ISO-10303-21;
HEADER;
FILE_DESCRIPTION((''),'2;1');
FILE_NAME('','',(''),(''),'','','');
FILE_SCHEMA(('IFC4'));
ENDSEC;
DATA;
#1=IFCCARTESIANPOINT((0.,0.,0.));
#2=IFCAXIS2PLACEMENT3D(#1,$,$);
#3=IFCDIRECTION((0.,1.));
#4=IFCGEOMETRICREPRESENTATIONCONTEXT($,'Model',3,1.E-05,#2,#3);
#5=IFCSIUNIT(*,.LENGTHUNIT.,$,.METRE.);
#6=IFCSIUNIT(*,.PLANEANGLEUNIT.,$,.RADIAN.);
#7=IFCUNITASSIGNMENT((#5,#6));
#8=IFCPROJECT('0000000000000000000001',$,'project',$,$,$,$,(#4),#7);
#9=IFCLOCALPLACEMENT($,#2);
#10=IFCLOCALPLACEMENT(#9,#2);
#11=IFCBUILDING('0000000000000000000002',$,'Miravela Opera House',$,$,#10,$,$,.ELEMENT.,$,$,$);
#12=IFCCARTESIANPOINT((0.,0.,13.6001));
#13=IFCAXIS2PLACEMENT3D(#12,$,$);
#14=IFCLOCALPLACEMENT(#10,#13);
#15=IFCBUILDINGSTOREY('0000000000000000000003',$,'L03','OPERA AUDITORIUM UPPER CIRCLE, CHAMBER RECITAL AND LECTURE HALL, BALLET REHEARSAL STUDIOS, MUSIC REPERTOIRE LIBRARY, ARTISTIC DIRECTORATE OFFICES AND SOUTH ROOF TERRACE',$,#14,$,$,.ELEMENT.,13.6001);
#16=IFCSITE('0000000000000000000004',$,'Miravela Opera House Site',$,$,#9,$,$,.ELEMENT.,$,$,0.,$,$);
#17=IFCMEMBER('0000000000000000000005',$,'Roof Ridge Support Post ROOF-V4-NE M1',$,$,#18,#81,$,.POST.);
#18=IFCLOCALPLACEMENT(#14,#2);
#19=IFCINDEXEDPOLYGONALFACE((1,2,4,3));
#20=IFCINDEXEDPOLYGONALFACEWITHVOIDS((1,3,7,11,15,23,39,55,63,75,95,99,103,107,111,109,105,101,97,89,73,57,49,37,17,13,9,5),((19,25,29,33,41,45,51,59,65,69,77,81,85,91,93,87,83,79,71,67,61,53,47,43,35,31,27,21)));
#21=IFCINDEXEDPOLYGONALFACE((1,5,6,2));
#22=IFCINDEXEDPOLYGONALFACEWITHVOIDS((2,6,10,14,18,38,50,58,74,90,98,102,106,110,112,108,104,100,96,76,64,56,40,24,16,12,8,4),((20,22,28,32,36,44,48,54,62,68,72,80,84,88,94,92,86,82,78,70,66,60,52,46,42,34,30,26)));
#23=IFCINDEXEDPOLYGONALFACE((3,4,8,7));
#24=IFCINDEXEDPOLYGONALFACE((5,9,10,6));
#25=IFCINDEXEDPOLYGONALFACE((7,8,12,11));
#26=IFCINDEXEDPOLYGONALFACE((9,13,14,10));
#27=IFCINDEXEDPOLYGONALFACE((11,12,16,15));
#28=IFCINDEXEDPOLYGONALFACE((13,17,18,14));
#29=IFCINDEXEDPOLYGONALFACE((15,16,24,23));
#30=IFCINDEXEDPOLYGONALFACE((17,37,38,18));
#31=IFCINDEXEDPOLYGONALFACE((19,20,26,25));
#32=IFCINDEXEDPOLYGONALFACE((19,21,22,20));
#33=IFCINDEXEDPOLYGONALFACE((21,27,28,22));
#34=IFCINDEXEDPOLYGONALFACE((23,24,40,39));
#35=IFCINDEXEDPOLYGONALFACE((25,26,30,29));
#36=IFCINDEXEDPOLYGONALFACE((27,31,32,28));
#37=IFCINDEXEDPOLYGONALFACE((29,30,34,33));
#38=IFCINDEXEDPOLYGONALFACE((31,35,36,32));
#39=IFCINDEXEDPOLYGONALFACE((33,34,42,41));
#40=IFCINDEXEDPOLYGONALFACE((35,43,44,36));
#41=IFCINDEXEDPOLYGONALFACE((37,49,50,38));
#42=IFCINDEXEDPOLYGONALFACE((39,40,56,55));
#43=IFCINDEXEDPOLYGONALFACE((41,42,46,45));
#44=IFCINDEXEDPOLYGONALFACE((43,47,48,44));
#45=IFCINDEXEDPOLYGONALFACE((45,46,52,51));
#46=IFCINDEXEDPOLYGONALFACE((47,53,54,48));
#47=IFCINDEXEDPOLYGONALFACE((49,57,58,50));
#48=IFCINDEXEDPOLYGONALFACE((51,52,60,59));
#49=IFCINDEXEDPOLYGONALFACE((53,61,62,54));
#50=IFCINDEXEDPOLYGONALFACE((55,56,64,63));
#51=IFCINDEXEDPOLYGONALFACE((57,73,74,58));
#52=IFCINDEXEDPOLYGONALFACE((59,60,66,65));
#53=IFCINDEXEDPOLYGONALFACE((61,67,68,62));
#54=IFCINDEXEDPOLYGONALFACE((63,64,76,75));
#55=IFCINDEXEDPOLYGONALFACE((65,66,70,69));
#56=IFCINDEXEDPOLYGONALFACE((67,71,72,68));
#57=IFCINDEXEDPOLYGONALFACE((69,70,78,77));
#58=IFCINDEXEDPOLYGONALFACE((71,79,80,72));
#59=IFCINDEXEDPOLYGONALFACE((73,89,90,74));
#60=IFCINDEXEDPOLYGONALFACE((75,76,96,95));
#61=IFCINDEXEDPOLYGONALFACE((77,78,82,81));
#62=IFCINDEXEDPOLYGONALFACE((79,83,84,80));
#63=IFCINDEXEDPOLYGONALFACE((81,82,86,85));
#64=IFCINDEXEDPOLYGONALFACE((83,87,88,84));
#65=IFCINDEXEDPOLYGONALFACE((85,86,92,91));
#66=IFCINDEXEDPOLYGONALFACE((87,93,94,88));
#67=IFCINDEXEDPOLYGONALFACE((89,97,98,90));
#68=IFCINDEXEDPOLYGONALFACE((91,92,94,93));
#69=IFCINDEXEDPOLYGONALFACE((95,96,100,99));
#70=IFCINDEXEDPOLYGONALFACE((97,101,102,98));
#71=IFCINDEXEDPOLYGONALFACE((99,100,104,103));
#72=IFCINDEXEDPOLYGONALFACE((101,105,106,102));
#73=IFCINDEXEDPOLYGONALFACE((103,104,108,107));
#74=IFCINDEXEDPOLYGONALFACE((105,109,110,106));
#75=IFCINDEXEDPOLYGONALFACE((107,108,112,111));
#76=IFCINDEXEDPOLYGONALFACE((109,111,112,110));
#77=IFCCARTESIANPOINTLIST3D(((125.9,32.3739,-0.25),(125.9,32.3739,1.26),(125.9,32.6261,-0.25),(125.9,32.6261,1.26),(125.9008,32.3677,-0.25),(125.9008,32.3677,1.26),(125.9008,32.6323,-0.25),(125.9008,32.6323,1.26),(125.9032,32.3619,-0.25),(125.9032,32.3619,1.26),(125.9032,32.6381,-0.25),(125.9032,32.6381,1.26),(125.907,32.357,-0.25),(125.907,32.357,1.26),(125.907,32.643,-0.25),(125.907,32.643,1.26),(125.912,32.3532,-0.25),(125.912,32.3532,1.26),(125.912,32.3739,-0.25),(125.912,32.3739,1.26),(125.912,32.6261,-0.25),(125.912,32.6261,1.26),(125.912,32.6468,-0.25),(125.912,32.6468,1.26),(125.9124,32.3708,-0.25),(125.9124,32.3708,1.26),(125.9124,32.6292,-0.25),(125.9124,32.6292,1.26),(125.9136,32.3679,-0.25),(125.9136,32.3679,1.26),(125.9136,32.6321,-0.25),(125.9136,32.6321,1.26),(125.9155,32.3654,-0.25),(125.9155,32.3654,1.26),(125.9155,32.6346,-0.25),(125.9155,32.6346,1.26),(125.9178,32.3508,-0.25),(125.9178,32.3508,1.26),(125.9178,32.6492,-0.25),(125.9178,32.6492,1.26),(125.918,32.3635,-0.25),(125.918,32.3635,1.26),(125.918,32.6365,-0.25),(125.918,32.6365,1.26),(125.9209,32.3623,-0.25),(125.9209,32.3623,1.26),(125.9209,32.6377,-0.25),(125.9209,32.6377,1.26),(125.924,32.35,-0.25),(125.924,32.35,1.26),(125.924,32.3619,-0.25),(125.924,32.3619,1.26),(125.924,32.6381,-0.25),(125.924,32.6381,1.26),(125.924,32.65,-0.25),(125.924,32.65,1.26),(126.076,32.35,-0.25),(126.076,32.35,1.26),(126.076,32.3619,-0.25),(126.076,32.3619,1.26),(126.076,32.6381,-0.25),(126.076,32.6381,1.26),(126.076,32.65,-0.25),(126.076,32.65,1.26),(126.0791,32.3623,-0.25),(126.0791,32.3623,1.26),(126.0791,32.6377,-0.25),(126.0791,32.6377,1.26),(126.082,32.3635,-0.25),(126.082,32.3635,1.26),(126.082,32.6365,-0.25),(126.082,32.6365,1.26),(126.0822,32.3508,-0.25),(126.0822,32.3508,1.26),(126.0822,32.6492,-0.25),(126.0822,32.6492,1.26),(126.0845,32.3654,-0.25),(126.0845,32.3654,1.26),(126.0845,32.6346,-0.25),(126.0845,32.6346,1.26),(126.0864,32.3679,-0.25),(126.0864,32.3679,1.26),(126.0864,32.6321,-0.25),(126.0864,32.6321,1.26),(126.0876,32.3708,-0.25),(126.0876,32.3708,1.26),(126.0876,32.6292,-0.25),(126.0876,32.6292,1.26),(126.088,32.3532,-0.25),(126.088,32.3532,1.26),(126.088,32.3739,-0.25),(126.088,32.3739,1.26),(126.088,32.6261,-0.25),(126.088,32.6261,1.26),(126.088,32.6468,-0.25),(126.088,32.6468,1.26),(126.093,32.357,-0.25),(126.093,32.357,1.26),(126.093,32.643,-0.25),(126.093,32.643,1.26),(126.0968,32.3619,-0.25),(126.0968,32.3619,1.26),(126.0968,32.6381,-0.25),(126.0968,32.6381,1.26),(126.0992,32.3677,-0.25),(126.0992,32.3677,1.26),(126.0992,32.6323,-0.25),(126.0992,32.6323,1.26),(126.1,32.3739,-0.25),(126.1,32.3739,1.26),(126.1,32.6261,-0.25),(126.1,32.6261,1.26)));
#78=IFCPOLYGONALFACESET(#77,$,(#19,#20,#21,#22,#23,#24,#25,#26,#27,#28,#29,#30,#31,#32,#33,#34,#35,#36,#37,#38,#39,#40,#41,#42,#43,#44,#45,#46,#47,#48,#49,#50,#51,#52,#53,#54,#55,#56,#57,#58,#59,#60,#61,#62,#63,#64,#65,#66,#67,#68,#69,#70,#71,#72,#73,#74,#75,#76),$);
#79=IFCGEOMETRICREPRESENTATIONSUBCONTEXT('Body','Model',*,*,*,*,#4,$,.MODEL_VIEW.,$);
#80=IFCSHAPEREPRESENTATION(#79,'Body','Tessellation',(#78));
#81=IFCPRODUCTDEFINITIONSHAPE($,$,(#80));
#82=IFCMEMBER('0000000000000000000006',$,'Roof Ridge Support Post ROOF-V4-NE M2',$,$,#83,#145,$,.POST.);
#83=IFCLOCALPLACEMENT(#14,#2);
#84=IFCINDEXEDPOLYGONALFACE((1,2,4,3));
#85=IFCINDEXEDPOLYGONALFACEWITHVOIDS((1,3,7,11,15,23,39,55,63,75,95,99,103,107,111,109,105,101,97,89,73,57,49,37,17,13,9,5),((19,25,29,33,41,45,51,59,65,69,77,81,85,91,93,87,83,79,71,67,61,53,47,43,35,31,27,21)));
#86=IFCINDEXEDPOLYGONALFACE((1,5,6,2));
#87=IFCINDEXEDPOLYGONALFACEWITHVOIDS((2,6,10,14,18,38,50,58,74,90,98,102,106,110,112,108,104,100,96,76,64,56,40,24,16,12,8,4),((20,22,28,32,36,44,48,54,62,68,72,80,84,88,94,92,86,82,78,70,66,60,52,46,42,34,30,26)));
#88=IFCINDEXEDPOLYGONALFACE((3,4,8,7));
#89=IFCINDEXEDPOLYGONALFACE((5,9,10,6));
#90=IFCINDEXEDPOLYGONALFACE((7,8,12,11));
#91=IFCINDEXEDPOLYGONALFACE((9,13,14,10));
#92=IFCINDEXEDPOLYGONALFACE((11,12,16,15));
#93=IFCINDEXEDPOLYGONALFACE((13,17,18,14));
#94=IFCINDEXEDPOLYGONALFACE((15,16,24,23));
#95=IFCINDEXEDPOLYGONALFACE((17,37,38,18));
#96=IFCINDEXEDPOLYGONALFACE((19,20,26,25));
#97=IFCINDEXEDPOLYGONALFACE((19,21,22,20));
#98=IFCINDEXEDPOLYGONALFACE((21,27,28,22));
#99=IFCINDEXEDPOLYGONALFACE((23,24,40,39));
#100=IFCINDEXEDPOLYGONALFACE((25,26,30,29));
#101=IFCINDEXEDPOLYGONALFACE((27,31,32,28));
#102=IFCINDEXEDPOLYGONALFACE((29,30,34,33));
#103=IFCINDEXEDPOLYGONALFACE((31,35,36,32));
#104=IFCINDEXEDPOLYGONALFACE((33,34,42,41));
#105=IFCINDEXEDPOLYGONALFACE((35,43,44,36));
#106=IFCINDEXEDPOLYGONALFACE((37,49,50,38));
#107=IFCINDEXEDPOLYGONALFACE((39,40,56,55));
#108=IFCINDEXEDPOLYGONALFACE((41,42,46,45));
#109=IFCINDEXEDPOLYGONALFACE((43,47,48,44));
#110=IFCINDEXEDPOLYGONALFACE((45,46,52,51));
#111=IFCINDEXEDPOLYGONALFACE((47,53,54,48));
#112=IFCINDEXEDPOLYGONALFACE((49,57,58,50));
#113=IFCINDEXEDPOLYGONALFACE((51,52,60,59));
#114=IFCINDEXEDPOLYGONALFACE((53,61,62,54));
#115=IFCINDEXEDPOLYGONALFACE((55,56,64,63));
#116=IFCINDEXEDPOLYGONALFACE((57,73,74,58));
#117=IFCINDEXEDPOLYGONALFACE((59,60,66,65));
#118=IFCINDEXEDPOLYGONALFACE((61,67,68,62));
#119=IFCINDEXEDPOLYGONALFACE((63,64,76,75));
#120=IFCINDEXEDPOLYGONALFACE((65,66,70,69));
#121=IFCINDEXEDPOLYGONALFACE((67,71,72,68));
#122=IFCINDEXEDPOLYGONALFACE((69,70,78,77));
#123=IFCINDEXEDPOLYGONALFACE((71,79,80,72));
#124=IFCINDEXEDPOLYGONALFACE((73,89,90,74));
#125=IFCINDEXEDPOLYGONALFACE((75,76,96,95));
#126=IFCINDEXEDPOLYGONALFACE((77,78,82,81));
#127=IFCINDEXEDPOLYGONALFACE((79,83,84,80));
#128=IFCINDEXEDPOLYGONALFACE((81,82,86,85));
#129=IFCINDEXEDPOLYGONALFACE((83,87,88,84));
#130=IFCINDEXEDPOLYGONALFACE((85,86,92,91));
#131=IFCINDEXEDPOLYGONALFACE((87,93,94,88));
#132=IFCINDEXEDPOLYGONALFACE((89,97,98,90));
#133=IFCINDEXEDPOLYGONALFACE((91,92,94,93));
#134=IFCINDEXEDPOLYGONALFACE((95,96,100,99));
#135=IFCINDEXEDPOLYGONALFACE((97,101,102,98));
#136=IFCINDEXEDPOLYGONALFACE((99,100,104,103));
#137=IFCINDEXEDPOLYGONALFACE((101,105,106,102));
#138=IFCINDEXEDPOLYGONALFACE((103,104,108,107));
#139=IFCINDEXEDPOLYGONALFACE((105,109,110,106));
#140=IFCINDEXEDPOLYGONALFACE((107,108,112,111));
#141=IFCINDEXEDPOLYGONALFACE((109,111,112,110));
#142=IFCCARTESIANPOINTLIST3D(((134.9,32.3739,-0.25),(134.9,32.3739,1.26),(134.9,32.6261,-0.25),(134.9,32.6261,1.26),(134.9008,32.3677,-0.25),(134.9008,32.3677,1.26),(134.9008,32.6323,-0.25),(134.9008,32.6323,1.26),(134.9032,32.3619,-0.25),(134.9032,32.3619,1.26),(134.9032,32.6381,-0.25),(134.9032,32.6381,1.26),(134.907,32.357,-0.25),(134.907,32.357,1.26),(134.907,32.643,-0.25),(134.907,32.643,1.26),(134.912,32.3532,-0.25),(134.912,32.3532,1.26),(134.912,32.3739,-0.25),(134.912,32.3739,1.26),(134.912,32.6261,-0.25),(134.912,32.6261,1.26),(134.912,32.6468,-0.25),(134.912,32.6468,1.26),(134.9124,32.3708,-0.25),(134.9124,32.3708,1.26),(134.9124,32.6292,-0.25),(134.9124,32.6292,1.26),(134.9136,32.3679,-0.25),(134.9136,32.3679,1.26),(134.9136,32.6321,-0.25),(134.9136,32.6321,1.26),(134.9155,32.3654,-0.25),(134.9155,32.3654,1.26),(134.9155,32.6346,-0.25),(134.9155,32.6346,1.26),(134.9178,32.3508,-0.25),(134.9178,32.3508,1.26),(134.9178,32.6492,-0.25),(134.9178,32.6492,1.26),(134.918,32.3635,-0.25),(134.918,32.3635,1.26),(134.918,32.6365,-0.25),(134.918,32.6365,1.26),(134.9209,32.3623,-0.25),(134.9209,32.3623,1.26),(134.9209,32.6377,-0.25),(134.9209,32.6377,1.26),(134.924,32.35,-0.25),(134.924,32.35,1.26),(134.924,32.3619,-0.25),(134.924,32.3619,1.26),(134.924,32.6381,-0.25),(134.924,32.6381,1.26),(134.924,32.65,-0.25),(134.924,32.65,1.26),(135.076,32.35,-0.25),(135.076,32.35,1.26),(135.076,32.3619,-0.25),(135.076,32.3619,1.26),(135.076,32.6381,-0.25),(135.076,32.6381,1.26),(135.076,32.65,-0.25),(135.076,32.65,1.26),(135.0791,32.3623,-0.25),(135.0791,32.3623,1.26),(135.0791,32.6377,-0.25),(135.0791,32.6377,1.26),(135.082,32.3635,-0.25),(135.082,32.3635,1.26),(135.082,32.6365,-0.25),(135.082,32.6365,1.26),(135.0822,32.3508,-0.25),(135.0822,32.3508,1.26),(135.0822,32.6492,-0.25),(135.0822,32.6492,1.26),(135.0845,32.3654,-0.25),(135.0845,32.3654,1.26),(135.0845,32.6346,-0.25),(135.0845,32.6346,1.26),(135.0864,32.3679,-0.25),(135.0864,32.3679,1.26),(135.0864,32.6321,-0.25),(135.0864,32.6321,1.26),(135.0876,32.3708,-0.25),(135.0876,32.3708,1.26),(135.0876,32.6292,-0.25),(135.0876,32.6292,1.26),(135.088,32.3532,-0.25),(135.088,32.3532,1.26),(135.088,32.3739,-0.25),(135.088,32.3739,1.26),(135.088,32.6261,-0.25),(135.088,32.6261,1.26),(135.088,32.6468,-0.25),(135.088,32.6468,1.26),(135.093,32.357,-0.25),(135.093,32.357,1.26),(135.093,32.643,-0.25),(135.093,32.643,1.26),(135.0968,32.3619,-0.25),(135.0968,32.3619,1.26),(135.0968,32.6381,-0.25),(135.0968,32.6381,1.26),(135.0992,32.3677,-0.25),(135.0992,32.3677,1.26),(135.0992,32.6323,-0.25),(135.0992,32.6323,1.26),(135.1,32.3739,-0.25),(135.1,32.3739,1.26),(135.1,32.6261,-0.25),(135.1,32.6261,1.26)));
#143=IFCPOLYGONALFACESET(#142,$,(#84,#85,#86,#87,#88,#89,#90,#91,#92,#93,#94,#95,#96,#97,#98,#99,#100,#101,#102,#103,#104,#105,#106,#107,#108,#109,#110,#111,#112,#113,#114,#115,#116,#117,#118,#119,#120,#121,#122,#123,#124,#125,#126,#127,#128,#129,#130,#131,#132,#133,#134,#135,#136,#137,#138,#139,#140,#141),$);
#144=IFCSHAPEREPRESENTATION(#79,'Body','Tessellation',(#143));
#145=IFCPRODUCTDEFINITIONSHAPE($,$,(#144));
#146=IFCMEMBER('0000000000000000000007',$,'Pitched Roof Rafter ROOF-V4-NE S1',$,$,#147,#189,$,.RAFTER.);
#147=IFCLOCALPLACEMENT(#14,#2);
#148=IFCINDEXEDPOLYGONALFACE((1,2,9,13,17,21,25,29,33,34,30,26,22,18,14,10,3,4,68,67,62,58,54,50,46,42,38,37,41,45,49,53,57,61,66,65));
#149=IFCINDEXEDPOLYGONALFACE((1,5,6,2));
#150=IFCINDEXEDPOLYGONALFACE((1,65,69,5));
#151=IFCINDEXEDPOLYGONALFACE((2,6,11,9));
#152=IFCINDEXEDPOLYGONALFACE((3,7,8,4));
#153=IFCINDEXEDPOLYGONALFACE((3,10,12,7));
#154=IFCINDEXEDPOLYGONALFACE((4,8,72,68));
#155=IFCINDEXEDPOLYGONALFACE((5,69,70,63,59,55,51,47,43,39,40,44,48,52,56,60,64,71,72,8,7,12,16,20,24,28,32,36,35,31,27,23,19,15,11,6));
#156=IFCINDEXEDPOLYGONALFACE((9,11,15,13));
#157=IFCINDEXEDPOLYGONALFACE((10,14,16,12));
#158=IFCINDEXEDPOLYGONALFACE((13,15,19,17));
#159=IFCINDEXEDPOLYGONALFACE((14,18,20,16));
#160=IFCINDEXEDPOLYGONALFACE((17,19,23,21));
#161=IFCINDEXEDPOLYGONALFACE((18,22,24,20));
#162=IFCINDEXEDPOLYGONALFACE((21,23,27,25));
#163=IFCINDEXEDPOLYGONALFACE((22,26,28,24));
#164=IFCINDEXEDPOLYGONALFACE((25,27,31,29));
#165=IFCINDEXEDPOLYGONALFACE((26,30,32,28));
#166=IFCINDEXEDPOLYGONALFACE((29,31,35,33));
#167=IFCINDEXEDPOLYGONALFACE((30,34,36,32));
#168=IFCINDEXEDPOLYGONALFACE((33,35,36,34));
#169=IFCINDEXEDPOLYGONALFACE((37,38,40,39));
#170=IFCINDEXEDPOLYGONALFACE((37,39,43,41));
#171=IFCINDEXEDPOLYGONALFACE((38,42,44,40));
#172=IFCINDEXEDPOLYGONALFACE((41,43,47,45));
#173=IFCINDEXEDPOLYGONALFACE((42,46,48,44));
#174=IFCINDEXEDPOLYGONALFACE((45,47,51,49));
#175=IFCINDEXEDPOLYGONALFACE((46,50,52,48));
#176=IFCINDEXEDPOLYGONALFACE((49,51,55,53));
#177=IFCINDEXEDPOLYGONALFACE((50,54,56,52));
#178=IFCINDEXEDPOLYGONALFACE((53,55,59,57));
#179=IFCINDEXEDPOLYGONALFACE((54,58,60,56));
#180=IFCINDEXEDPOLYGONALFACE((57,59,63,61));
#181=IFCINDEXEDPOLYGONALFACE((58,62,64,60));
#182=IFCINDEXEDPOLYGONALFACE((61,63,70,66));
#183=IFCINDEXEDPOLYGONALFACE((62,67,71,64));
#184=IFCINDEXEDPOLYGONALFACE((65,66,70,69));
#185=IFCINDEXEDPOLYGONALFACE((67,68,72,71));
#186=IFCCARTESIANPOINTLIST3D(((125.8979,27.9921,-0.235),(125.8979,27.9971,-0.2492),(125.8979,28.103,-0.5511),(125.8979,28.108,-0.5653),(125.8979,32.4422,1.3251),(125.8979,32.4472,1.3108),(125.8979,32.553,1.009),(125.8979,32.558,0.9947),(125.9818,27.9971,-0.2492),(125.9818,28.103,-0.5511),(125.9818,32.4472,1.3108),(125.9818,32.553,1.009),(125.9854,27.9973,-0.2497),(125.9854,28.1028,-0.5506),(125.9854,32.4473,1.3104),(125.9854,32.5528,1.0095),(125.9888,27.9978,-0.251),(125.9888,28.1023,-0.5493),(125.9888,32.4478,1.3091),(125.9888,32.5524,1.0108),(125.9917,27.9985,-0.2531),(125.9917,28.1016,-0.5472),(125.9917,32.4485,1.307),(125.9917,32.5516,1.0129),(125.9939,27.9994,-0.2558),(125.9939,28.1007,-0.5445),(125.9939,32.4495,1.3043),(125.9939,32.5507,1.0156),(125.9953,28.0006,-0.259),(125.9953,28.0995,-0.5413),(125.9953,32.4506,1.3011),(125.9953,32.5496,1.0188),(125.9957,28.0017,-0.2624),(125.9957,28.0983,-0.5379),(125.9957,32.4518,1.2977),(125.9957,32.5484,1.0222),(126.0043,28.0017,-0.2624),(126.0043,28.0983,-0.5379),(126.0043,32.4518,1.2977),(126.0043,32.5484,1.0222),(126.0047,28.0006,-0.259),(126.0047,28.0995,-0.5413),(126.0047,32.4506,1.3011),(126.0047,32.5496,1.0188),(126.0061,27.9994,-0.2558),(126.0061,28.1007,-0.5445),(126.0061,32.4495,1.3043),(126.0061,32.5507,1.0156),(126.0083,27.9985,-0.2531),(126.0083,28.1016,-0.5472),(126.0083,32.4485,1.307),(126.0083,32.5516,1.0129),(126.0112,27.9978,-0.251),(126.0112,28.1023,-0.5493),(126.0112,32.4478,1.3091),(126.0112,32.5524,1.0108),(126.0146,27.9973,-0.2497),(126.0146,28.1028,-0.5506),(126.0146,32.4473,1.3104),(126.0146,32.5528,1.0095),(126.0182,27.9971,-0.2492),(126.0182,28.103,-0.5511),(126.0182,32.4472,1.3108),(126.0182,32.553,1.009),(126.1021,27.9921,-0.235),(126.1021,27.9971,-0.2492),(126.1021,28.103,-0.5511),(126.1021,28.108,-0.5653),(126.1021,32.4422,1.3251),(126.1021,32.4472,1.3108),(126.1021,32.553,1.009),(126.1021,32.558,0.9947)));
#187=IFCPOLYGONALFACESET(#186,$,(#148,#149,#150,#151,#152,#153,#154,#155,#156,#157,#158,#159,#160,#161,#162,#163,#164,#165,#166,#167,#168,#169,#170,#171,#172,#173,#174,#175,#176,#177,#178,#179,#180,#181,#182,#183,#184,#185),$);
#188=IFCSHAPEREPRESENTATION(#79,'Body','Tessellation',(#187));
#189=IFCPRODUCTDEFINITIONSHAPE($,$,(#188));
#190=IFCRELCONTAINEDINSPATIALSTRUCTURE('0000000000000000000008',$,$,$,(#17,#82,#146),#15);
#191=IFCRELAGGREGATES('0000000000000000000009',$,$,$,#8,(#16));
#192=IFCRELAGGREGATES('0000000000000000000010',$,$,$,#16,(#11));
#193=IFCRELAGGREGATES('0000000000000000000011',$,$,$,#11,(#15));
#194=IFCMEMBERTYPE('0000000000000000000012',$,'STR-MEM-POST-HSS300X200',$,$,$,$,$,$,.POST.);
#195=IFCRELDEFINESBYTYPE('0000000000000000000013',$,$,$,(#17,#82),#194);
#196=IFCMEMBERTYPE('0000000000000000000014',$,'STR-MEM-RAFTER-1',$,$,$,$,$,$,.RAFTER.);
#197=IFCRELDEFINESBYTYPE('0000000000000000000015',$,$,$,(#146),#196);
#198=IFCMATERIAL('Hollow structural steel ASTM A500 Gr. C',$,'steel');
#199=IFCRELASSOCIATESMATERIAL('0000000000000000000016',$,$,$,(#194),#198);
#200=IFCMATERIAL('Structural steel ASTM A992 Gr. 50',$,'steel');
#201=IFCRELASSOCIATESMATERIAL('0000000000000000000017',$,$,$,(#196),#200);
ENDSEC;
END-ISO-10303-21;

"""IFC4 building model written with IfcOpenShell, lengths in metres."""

from ifc_helpers import new_model, si_unit, direction, frame, origin, origin_2d, place, context, subcontext, project, spatial, hollow_rectangle, i_section, extrude, material, material_profile, profile_set, type_object, element, save


model = new_model("IFC4")

# Units and contexts
model_context = context("Model", 3, precision=1e-05, world=origin(), true_north=direction((0.0, 1.0)))
body_context = subcontext(model_context, "Body", "Model", "MODEL_VIEW")
ifc_project = project(units=[si_unit("LENGTHUNIT", "METRE"), si_unit("PLANEANGLEUNIT", "RADIAN")], contexts=[model_context])

# Site, building, storey
site_placement = place(None, origin())
site = spatial("IfcSite", under=ifc_project, at=site_placement, Name="Miravela Opera House Site", CompositionType="ELEMENT", RefElevation=0.0)
building_placement = place(site_placement, origin())
building = spatial("IfcBuilding", under=site, at=building_placement, Name="Miravela Opera House", CompositionType="ELEMENT")
storey_placement = place(building_placement, frame((0.0, 0.0, 13.6001)))
storey = spatial("IfcBuildingStorey", under=building, at=storey_placement, Name="L03", Description="OPERA AUDITORIUM UPPER CIRCLE, CHAMBER RECITAL AND LECTURE HALL, BALLET REHEARSAL STUDIOS, MUSIC REPERTOIRE LIBRARY, ARTISTIC DIRECTORATE OFFICES AND SOUTH ROOF TERRACE", CompositionType="ELEMENT", Elevation=13.6001)

# Shared definitions
ifc_material_1 = material(Name="Structural steel ASTM A992 Gr. 50", Category="steel")

# Members
ifc_material_2 = material(Name="Hollow structural steel ASTM A500 Gr. C", Category="steel")
ifc_material_profile_1 = material_profile(ifc_material_2, hollow_rectangle(XDim=0.2, YDim=0.3, WallThickness=0.012, InnerFilletRadius=0.012, OuterFilletRadius=0.0239, at=origin_2d()), Name="HSS300X200X12")
ifc_profile_set_1 = profile_set([ifc_material_profile_1])
member_type_1 = type_object("IfcMemberType", Name="STR-MEM-POST-HSS300X200", PredefinedType="POST", material=ifc_profile_set_1)
for number, where, z_axis, x_axis, name in (
    (1, (126.0, 32.5, -0.25), (0.0, 0.0, 1.0), (1.0, 0.0, 0.0), "Roof Ridge Support Post ROOF-V4-NE M1"),
    (2, (135.0, 32.5, -0.25), (0.0, 0.0, 1.0), (1.0, 0.0, 0.0), "Roof Ridge Support Post ROOF-V4-NE M2"),
):
    element("IfcMember", number, at=place(storey_placement, frame(where, z_axis=z_axis, x_axis=x_axis)), inside=storey, type_object=member_type_1, Name=name, PredefinedType="POST", context=body_context, shape_type="SweptSolid", body=[
        extrude(hollow_rectangle(XDim=0.2, YDim=0.3, WallThickness=0.012, InnerFilletRadius=0.012, OuterFilletRadius=0.0239, at=origin_2d()), origin(), (0.0, 0.0, 1.0), 1.51),
    ])
ifc_material_profile_2 = material_profile(ifc_material_1, i_section(OverallWidth=0.2041, OverallDepth=0.3501, WebThickness=0.0085, FlangeThickness=0.0151, FilletRadius=0.0139, at=origin_2d()), Name="W360X72")
ifc_profile_set_2 = profile_set([ifc_material_profile_2])
member_type_2 = type_object("IfcMemberType", Name="STR-MEM-RAFTER-1", PredefinedType="RAFTER", material=ifc_profile_set_2)
for number, where, z_axis, x_axis, name in (
    (3, (126.0, 28.05, -0.4001), (0.0, 0.943688, 0.330837), (-1.0, 0.0, 0.0), "Pitched Roof Rafter ROOF-V4-NE S1"),
):
    element("IfcMember", number, at=place(storey_placement, frame(where, z_axis=z_axis, x_axis=x_axis)), inside=storey, type_object=member_type_2, Name=name, PredefinedType="RAFTER", context=body_context, shape_type="SweptSolid", body=[
        extrude(i_section(OverallWidth=0.2041, OverallDepth=0.3501, WebThickness=0.0085, FlangeThickness=0.0151, FilletRadius=0.0139, at=origin_2d()), origin(), (0.0, 0.0, 1.0), 4.7156),
    ])

save(model, "model.ifc")
